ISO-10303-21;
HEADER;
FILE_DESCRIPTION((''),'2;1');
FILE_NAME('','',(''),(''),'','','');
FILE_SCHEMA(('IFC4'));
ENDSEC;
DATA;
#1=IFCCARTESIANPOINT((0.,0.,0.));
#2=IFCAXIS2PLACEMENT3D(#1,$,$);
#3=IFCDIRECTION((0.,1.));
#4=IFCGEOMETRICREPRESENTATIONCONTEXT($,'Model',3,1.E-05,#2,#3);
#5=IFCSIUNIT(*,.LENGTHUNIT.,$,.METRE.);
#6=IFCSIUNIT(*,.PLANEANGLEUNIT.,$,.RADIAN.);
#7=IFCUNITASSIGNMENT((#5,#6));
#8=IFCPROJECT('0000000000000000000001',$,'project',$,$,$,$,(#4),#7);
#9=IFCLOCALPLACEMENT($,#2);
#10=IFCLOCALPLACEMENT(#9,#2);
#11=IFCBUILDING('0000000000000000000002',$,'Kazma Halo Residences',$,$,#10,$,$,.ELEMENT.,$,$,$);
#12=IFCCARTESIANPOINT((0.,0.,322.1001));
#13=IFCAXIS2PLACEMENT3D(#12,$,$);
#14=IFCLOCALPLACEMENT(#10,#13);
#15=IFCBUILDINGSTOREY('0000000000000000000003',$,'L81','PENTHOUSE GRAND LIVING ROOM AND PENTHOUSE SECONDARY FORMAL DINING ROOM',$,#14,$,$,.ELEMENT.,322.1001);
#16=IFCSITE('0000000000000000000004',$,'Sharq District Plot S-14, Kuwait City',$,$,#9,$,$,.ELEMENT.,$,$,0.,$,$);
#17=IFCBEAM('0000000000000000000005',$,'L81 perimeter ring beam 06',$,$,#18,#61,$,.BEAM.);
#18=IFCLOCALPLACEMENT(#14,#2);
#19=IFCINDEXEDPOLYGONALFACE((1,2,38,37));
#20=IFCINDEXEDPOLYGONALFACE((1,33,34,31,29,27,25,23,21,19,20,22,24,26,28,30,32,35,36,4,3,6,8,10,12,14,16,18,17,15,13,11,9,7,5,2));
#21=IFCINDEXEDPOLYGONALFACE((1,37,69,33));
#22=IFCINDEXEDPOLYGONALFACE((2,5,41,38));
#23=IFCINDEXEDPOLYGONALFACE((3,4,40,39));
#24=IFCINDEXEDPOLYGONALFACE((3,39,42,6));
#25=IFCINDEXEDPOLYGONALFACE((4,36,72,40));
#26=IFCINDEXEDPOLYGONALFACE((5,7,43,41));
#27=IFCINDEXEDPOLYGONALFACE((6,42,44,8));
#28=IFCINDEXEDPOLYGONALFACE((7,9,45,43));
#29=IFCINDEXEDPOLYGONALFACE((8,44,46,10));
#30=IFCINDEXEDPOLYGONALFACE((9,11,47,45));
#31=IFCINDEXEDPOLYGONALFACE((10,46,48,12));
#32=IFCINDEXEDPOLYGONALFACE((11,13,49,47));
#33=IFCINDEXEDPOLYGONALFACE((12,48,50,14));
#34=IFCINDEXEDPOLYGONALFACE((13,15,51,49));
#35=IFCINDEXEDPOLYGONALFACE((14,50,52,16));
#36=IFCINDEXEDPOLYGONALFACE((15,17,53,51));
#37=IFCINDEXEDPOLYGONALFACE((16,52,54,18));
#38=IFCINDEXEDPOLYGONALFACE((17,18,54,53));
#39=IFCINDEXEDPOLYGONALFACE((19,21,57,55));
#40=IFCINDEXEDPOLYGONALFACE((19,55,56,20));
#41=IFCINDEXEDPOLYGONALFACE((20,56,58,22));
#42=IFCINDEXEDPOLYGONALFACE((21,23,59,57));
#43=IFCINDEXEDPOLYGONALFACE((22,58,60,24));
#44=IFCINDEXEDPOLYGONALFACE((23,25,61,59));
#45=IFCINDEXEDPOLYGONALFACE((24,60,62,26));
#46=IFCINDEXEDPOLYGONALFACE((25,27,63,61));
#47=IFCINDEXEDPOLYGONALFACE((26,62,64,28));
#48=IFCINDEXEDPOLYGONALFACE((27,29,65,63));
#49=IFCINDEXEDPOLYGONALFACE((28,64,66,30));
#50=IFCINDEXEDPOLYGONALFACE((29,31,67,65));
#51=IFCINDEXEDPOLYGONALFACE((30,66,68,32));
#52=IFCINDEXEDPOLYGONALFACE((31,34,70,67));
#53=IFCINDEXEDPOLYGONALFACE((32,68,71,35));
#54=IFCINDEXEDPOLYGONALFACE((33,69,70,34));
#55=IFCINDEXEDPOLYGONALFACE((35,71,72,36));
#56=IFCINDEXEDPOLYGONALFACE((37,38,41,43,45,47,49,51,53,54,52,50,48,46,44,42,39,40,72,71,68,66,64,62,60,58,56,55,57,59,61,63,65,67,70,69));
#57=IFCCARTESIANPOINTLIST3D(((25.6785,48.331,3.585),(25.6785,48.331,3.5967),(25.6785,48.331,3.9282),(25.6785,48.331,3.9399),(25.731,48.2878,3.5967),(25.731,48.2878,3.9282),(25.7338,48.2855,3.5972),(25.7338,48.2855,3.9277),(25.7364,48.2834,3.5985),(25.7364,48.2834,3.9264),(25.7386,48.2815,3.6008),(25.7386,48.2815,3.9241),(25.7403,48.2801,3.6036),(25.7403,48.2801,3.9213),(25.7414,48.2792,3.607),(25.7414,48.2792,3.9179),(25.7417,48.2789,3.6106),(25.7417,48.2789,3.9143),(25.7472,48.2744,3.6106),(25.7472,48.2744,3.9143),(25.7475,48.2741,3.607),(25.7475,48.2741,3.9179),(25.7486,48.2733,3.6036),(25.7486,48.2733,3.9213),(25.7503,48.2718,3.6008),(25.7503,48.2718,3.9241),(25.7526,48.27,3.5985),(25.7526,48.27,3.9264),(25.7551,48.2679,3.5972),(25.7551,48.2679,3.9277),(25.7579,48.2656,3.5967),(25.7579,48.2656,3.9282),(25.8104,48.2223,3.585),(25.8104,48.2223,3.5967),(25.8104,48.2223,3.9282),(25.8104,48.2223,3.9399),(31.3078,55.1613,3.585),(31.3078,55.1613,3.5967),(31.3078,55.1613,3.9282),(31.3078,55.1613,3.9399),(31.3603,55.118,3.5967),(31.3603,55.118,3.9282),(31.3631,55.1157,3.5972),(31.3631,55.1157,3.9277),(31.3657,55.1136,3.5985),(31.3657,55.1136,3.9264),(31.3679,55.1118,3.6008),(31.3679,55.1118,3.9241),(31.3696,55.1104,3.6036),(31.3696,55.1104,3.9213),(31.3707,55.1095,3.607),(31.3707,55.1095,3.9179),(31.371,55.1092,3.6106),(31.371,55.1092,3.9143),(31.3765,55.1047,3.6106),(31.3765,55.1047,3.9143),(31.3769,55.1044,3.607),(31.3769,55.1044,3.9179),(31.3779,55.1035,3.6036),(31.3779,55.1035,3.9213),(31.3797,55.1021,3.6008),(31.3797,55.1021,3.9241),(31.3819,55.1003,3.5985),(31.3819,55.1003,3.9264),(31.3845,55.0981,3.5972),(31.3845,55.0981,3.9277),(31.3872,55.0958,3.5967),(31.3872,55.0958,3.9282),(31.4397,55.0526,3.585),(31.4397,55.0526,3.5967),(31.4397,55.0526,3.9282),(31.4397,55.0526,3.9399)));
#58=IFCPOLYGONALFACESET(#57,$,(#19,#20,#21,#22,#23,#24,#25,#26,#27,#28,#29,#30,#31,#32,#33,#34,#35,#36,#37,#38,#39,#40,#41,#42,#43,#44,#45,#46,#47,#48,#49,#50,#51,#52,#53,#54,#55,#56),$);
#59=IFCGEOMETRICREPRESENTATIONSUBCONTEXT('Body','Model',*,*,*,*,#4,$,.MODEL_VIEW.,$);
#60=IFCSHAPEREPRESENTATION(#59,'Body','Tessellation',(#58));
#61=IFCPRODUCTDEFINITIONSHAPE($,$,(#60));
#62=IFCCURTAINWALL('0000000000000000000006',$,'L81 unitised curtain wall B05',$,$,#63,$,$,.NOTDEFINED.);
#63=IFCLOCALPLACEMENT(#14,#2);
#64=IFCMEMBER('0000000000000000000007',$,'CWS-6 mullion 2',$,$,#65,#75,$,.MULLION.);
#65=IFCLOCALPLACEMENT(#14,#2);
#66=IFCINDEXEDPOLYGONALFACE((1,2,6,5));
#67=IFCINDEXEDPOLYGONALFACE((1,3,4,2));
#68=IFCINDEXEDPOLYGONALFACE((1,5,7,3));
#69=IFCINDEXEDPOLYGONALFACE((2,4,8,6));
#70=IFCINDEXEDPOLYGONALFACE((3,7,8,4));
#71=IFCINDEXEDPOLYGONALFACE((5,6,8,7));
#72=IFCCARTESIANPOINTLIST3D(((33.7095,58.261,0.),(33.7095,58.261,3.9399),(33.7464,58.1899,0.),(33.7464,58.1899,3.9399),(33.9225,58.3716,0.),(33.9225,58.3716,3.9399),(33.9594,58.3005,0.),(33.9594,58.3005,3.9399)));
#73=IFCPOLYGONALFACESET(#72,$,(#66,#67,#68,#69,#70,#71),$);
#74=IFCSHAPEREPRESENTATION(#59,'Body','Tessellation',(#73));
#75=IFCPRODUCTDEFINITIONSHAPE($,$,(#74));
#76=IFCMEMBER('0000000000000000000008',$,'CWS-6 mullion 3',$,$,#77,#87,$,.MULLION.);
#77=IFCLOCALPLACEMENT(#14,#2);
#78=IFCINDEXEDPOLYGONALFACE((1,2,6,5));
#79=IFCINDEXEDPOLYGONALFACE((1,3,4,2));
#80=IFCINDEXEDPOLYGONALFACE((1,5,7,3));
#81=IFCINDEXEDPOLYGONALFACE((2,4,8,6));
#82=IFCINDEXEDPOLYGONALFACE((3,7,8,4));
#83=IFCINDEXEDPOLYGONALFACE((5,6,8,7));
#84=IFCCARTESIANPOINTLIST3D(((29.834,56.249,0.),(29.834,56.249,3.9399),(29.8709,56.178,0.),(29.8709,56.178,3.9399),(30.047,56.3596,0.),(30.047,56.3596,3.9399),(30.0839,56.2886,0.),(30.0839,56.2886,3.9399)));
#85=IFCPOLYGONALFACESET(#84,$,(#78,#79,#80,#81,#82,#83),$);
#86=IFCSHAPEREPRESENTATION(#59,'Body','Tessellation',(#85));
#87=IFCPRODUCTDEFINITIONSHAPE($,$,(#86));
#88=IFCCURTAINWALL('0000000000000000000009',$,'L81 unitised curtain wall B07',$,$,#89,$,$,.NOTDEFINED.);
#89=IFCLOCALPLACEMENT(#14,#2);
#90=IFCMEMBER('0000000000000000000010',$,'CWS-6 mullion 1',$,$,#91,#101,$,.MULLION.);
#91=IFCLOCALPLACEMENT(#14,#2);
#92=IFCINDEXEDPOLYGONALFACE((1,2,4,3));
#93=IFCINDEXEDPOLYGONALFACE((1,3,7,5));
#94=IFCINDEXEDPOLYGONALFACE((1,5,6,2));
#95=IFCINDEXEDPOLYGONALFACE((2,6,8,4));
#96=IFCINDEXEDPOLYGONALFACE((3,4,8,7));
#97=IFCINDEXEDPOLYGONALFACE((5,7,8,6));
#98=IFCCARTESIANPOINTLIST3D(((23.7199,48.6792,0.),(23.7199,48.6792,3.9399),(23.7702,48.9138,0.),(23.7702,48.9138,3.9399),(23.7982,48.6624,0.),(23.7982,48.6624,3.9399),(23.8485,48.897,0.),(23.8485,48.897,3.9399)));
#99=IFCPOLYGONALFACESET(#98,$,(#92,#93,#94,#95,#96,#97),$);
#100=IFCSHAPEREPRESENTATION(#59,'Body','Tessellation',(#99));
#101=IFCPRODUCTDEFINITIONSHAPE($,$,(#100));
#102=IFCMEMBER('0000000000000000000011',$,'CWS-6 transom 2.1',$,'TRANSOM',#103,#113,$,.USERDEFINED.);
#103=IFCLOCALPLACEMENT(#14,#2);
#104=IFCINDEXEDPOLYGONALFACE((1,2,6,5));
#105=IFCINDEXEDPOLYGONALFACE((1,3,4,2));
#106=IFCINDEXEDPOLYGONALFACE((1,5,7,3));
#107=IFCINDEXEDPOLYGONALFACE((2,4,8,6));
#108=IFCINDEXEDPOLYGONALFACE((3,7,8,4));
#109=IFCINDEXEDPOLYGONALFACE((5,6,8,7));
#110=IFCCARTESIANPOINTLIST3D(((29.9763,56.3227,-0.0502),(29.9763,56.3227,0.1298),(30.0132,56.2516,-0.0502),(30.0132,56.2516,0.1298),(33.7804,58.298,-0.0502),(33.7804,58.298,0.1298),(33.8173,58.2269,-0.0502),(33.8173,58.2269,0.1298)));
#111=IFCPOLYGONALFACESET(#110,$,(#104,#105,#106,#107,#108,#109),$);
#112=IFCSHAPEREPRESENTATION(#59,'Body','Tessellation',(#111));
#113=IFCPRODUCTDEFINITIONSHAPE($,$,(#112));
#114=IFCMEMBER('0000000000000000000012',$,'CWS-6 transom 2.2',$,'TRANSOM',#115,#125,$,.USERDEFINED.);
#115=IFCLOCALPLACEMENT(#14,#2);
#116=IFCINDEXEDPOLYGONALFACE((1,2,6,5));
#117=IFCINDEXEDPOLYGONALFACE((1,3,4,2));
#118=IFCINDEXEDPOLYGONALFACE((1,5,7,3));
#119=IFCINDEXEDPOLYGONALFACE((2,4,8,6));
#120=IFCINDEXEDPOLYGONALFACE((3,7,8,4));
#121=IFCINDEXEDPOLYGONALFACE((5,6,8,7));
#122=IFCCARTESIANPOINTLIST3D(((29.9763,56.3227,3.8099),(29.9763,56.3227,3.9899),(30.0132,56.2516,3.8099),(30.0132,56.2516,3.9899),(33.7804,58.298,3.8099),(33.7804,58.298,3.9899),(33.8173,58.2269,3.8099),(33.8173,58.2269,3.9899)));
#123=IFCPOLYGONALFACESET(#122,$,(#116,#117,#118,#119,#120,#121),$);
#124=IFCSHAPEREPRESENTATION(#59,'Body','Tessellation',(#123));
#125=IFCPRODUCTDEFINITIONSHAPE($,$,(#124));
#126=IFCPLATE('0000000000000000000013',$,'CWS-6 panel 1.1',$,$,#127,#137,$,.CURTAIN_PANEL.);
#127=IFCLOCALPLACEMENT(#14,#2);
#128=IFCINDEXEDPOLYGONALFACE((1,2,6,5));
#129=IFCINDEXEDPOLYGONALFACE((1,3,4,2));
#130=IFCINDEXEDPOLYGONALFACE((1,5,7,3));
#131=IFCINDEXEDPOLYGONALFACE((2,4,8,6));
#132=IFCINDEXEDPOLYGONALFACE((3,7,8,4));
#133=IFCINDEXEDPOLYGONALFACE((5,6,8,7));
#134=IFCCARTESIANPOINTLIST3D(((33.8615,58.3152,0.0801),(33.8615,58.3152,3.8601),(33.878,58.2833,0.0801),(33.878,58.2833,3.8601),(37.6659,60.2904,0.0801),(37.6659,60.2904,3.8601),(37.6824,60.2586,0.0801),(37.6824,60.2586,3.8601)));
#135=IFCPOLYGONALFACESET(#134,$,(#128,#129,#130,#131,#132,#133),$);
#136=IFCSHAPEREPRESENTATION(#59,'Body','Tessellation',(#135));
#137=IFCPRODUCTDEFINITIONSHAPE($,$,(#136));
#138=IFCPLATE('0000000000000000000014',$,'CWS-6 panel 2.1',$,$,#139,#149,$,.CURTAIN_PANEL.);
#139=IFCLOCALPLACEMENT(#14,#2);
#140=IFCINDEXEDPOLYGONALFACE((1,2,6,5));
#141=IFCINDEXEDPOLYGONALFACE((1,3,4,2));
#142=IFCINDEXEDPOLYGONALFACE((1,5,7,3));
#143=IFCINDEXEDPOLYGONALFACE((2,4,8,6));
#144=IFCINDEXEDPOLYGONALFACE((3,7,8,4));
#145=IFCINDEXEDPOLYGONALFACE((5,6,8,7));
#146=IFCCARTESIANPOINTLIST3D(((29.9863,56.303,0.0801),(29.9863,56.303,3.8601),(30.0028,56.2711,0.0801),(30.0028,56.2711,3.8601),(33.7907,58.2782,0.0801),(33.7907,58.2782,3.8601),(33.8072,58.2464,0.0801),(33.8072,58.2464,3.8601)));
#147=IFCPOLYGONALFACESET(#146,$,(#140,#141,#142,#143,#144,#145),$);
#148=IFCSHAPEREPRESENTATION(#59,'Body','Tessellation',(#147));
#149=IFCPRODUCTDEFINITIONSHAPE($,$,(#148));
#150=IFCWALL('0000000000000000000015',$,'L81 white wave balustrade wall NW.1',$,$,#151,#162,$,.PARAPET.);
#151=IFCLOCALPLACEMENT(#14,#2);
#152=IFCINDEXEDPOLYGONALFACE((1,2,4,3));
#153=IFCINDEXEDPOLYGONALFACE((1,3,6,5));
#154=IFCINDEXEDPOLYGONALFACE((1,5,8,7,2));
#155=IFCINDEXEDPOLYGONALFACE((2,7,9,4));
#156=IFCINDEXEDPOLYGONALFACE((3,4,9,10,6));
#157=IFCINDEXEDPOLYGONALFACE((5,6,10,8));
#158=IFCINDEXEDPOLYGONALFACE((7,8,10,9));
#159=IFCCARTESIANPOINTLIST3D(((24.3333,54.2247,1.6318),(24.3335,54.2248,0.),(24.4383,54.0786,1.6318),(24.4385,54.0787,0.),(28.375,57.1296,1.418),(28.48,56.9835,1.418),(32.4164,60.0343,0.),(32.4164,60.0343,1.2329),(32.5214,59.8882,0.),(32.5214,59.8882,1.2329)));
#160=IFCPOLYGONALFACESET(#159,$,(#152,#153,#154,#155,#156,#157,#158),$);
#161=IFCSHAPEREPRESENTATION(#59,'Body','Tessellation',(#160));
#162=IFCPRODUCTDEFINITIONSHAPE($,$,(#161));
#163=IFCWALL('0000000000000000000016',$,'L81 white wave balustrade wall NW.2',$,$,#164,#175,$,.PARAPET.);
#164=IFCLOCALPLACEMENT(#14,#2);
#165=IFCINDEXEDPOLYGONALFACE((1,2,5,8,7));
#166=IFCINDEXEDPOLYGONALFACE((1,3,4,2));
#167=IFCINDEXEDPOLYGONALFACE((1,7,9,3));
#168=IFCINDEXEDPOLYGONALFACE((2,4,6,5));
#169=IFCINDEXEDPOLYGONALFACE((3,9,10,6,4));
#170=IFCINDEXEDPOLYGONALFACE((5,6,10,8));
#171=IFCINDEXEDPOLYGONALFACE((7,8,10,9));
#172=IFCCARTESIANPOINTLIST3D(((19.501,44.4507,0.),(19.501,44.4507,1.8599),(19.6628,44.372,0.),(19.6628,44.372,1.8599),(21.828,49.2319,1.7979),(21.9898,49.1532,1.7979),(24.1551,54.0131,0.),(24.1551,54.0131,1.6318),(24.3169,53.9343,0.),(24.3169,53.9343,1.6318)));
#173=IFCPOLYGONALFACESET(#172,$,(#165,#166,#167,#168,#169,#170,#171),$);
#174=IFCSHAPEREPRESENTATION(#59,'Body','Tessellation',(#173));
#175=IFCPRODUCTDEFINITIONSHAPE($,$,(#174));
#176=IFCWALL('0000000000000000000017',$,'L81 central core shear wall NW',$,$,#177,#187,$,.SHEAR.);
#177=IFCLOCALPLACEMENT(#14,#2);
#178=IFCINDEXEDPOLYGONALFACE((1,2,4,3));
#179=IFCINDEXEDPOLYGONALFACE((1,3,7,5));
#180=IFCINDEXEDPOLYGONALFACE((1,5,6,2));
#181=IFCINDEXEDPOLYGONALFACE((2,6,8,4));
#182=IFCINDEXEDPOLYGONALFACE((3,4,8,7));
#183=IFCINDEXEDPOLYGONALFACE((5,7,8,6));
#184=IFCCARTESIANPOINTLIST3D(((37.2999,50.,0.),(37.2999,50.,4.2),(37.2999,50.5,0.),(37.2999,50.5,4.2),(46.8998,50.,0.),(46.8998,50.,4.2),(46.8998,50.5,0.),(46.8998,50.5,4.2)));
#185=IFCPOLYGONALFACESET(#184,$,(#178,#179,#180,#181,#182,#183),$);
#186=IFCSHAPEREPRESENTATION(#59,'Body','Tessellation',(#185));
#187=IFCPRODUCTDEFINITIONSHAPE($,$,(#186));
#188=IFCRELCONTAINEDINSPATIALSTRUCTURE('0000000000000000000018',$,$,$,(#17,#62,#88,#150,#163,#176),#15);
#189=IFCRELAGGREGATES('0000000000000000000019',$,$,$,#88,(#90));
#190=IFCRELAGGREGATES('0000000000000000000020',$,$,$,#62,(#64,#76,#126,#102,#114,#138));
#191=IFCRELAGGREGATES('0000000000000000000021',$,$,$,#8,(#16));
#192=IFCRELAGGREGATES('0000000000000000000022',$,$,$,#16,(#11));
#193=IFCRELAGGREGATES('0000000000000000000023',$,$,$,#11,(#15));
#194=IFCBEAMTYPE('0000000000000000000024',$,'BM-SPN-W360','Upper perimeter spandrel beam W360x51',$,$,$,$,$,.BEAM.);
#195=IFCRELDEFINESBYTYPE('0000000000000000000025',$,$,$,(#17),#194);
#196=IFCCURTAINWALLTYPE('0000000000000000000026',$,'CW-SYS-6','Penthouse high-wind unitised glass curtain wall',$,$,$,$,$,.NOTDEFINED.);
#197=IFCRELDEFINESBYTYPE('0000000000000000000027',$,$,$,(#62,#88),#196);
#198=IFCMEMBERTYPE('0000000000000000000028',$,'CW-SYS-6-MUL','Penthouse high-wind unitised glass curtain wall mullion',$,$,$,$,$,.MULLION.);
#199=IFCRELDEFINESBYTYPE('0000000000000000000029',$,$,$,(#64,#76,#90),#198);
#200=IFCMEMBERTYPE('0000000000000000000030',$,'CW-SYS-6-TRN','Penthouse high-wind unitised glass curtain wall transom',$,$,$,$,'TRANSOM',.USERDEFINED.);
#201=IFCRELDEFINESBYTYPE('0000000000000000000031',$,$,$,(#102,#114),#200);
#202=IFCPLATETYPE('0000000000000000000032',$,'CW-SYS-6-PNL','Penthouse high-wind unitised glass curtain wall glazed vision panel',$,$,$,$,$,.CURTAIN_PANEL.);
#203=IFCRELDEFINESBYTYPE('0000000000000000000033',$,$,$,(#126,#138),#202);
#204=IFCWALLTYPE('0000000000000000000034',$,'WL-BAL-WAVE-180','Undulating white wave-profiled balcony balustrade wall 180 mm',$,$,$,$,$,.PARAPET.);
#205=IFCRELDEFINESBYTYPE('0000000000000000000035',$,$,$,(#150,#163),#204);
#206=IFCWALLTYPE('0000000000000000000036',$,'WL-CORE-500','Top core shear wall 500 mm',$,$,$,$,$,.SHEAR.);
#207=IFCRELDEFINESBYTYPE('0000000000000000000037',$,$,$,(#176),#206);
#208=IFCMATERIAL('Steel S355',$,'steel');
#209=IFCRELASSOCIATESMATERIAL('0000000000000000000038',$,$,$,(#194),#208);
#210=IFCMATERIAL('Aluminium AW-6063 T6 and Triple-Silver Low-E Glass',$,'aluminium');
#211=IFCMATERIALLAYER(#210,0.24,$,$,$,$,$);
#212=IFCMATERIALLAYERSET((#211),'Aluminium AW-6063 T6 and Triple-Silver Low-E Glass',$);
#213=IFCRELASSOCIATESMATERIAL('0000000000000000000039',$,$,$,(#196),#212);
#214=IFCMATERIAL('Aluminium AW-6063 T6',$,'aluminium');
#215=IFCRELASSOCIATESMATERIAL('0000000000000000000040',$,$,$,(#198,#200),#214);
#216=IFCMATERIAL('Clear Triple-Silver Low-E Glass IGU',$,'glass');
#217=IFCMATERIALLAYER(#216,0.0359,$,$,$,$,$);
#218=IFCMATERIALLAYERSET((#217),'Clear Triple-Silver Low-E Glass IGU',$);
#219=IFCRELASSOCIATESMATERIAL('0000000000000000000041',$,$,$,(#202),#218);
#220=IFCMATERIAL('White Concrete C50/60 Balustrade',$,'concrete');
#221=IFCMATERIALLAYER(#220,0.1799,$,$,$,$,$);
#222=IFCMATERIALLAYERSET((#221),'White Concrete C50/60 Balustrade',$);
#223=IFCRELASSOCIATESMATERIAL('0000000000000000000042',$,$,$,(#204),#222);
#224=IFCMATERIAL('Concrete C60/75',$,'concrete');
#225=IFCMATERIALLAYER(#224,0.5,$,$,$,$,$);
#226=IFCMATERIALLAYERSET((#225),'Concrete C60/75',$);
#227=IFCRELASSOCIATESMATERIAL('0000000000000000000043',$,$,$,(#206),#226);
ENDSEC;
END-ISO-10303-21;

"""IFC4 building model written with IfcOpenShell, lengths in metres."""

from ifc_helpers import new_model, si_unit, direction, frame, frame_2d, origin, origin_2d, place, context, subcontext, project, spatial, polyline, rectangle, i_section, outline, extrude, material, layer, layer_set, material_profile, profile_set, type_object, element, aggregate, save


model = new_model("IFC4")

# Units and contexts
model_context = context("Model", 3, precision=1e-05, world=origin(), true_north=direction((0.0, 1.0)))
body_context = subcontext(model_context, "Body", "Model", "MODEL_VIEW")
ifc_project = project(units=[si_unit("LENGTHUNIT", "METRE"), si_unit("PLANEANGLEUNIT", "RADIAN")], contexts=[model_context])

# Site, building, storey
site_placement = place(None, origin())
site = spatial("IfcSite", under=ifc_project, at=site_placement, Name="Sharq District Plot S-14, Kuwait City", CompositionType="ELEMENT", RefElevation=0.0)
building_placement = place(site_placement, origin())
building = spatial("IfcBuilding", under=site, at=building_placement, Name="Kazma Halo Residences", CompositionType="ELEMENT")
storey_placement = place(building_placement, frame((0.0, 0.0, 322.1001)))
storey = spatial("IfcBuildingStorey", under=building, at=storey_placement, Name="L81", Description="PENTHOUSE GRAND LIVING ROOM AND PENTHOUSE SECONDARY FORMAL DINING ROOM", CompositionType="ELEMENT", Elevation=322.1001)

# Shared definitions
ifc_material_1 = material(Name="Concrete C60/75", Category="concrete")

# Beam
ifc_material_2 = material(Name="Steel S355", Category="steel")
ifc_material_profile_1 = material_profile(ifc_material_2, i_section(OverallWidth=0.1709, OverallDepth=0.355, WebThickness=0.0071, FlangeThickness=0.0117, FilletRadius=0.0139, at=origin_2d()), Name="W360x51")
ifc_profile_set_1 = profile_set([ifc_material_profile_1], Name="Steel S355")
beam_type_1 = type_object("IfcBeamType", Name="BM-SPN-W360", Description="Upper perimeter spandrel beam W360x51", PredefinedType="BEAM", material=ifc_profile_set_1)
beam_1_placement = place(storey_placement, frame((31.3738, 55.1069, 3.7625), z_axis=(-0.636005, -0.771685, 0.0), x_axis=(0.771685, -0.636005, 0.0)))
element("IfcBeam", 1, at=beam_1_placement, inside=storey, type_object=beam_type_1, Name="L81 perimeter ring beam 06", PredefinedType="BEAM", context=body_context, shape_type="SweptSolid", body=[
    extrude(i_section(OverallWidth=0.1709, OverallDepth=0.355, WebThickness=0.0071, FlangeThickness=0.0117, FilletRadius=0.0139, at=origin_2d()), origin(), (0.0, 0.0, 1.0), 8.8511),
])

# Curtain wall, members
ifc_material_3 = material(Name="Aluminium AW-6063 T6 and Triple-Silver Low-E Glass", Category="aluminium")
ifc_layer_1 = layer(ifc_material_3, 0.24)
ifc_layer_set_1 = layer_set([ifc_layer_1], Name="Aluminium AW-6063 T6 and Triple-Silver Low-E Glass")
curtain_wall_type = type_object("IfcCurtainWallType", Name="CW-SYS-6", Description="Penthouse high-wind unitised glass curtain wall", PredefinedType="NOTDEFINED", material=ifc_layer_set_1)
curtain_wall_1_placement = place(storey_placement, origin())
curtain_wall_1 = element("IfcCurtainWall", 2, at=curtain_wall_1_placement, inside=storey, type_object=curtain_wall_type, Name="L81 unitised curtain wall B05", PredefinedType="NOTDEFINED")
ifc_material_4 = material(Name="Aluminium AW-6063 T6", Category="aluminium")
ifc_material_profile_2 = material_profile(ifc_material_4, rectangle(XDim=0.0801, YDim=0.24, at=origin_2d()), Name="CWM-80x240")
ifc_profile_set_2 = profile_set([ifc_material_profile_2], Name="Aluminium AW-6063 T6")
member_type_1 = type_object("IfcMemberType", Name="CW-SYS-6-MUL", Description="Penthouse high-wind unitised glass curtain wall mullion", PredefinedType="MULLION", material=ifc_profile_set_2)
member_1_placement = place(storey_placement, frame((33.8345, 58.2808, 0.0), z_axis=(0.0, 0.0, 1.0), x_axis=(0.460796, -0.887506, 0.0)))
member_1 = element("IfcMember", 3, at=member_1_placement, type_object=member_type_1, Name="CWS-6 mullion 2", PredefinedType="MULLION", context=body_context, shape_type="SweptSolid", body=[
    extrude(rectangle(XDim=0.0801, YDim=0.24, at=origin_2d()), origin(), (0.0, 0.0, 1.0), 3.9399),
])
member_2_placement = place(storey_placement, frame((29.959, 56.2688, 0.0), z_axis=(0.0, 0.0, 1.0), x_axis=(0.460796, -0.887506, 0.0)))
member_2 = element("IfcMember", 4, at=member_2_placement, type_object=member_type_1, Name="CWS-6 mullion 3", PredefinedType="MULLION", context=body_context, shape_type="SweptSolid", body=[
    extrude(rectangle(XDim=0.0801, YDim=0.24, at=origin_2d()), origin(), (0.0, 0.0, 1.0), 3.9399),
])

# Curtain wall, member
curtain_wall_2_placement = place(storey_placement, origin())
curtain_wall_2 = element("IfcCurtainWall", 5, at=curtain_wall_2_placement, inside=storey, type_object=curtain_wall_type, Name="L81 unitised curtain wall B07", PredefinedType="NOTDEFINED")
member_3_placement = place(storey_placement, frame((23.7842, 48.7881, 0.0), z_axis=(0.0, 0.0, 1.0), x_axis=(0.977761, -0.209723, 0.0)))
member_3 = element("IfcMember", 6, at=member_3_placement, type_object=member_type_1, Name="CWS-6 mullion 1", PredefinedType="MULLION", context=body_context, shape_type="SweptSolid", body=[
    extrude(rectangle(XDim=0.0801, YDim=0.24, at=origin_2d()), origin(), (0.0, 0.0, 1.0), 3.9399),
])
aggregate(curtain_wall_2, [member_3])

# Members
ifc_material_profile_3 = material_profile(ifc_material_4, rectangle(XDim=0.0801, YDim=0.1799, at=origin_2d()), Name="CWT-80x180")
ifc_profile_set_3 = profile_set([ifc_material_profile_3], Name="Aluminium AW-6063 T6")
member_type_2 = type_object("IfcMemberType", Name="CW-SYS-6-TRN", Description="Penthouse high-wind unitised glass curtain wall transom", ElementType="TRANSOM", PredefinedType="USERDEFINED", material=ifc_profile_set_3)
member_4_placement = place(storey_placement, frame((33.7988, 58.2625, 0.0398), z_axis=(-0.887488, -0.460831, 0.0), x_axis=(0.460831, -0.887488, 0.0)))
member_4 = element("IfcMember", 7, at=member_4_placement, type_object=member_type_2, Name="CWS-6 transom 2.1", ObjectType="TRANSOM", PredefinedType="USERDEFINED", context=body_context, shape_type="SweptSolid", body=[
    extrude(rectangle(XDim=0.0801, YDim=0.1799, at=origin_2d()), origin(), (0.0, 0.0, 1.0), 4.2864),
])
member_5_placement = place(storey_placement, frame((33.7988, 58.2625, 3.8999), z_axis=(-0.887488, -0.460831, 0.0), x_axis=(0.460831, -0.887488, 0.0)))
member_5 = element("IfcMember", 8, at=member_5_placement, type_object=member_type_2, Name="CWS-6 transom 2.2", ObjectType="TRANSOM", PredefinedType="USERDEFINED", context=body_context, shape_type="SweptSolid", body=[
    extrude(rectangle(XDim=0.0801, YDim=0.1799, at=origin_2d()), origin(), (0.0, 0.0, 1.0), 4.2864),
])

# Plates
ifc_material_5 = material(Name="Clear Triple-Silver Low-E Glass IGU", Category="glass")
ifc_layer_2 = layer(ifc_material_5, 0.0359)
ifc_layer_set_2 = layer_set([ifc_layer_2], Name="Clear Triple-Silver Low-E Glass IGU")
plate_type = type_object("IfcPlateType", Name="CW-SYS-6-PNL", Description="Penthouse high-wind unitised glass curtain wall glazed vision panel", PredefinedType="CURTAIN_PANEL", material=ifc_layer_set_2)
plate_1_placement = place(storey_placement, frame((35.772, 59.2869, 0.0801), z_axis=(0.0, 0.0, 1.0), x_axis=(-0.887506, -0.460796, 0.0)))
plate_1 = element("IfcPlate", 9, at=plate_1_placement, type_object=plate_type, Name="CWS-6 panel 1.1", PredefinedType="CURTAIN_PANEL", context=body_context, shape_type="SweptSolid", body=[
    extrude(rectangle(XDim=4.2866, YDim=0.0359, at=origin_2d()), origin(), (0.0, 0.0, 1.0), 3.78),
])
plate_2_placement = place(storey_placement, frame((31.8967, 57.2747, 0.0801), z_axis=(0.0, 0.0, 1.0), x_axis=(-0.887506, -0.460796, 0.0)))
plate_2 = element("IfcPlate", 10, at=plate_2_placement, type_object=plate_type, Name="CWS-6 panel 2.1", PredefinedType="CURTAIN_PANEL", context=body_context, shape_type="SweptSolid", body=[
    extrude(rectangle(XDim=4.2866, YDim=0.0359, at=origin_2d()), origin(), (0.0, 0.0, 1.0), 3.78),
])
aggregate(curtain_wall_1, [member_1, member_2, plate_1, member_4, member_5, plate_2])

# Walls
ifc_material_6 = material(Name="White Concrete C50/60 Balustrade", Category="concrete")
ifc_layer_3 = layer(ifc_material_6, 0.1799)
ifc_layer_set_3 = layer_set([ifc_layer_3], Name="White Concrete C50/60 Balustrade")
wall_type_1 = type_object("IfcWallType", Name="WL-BAL-WAVE-180", Description="Undulating white wave-profiled balcony balustrade wall 180 mm", PredefinedType="PARAPET", material=ifc_layer_set_3)
wall_1_placement = place(storey_placement, frame((32.469, 59.9612, 0.0), z_axis=(0.0, 0.0, 1.0), x_axis=(-0.81202, -0.58363, 0.0)))
element("IfcWall", 11, at=wall_1_placement, inside=storey, type_object=wall_type_1, Name="L81 white wave balustrade wall NW.1", PredefinedType="PARAPET", context=body_context, shape_type="SweptSolid", body=[
    extrude(outline(polyline([(0.0, 0.0), (9.9541, 0.0), (9.9543, 1.6318), (4.9771, 1.418), (0.0, 1.2329), (0.0, 0.0)])), frame((0.0, 0.0898, 0.0), z_axis=(0.0, -1.0, 0.0), x_axis=(1.0, 0.0, 0.0)), (0.0, 0.0, 1.0), 0.1799),
])
wall_2_placement = place(storey_placement, frame((24.2361, 53.9736, 0.0), z_axis=(0.0, 0.0, 1.0), x_axis=(-0.437629, -0.899156, 0.0)))
element("IfcWall", 12, at=wall_2_placement, inside=storey, type_object=wall_type_1, Name="L81 white wave balustrade wall NW.2", PredefinedType="PARAPET", context=body_context, shape_type="SweptSolid", body=[
    extrude(outline(polyline([(0.0, 0.0), (10.6348, 0.0), (10.6348, 1.8599), (5.3174, 1.7979), (0.0, 1.6318), (0.0, 0.0)])), frame((0.0, 0.0898, 0.0), z_axis=(0.0, -1.0, 0.0), x_axis=(1.0, 0.0, 0.0)), (0.0, 0.0, 1.0), 0.1799),
])
ifc_layer_4 = layer(ifc_material_1, 0.5)
ifc_layer_set_4 = layer_set([ifc_layer_4], Name="Concrete C60/75")
wall_type_2 = type_object("IfcWallType", Name="WL-CORE-500", Description="Top core shear wall 500 mm", PredefinedType="SHEAR", material=ifc_layer_set_4)
wall_3_placement = place(storey_placement, frame((37.3, 50.25, 0.0), z_axis=(0.0, 0.0, 1.0), x_axis=(1.0, 0.0, 0.0)))
element("IfcWall", 13, at=wall_3_placement, inside=storey, type_object=wall_type_2, Name="L81 central core shear wall NW", PredefinedType="SHEAR", context=body_context, shape_type="SweptSolid", body=[
    extrude(rectangle(XDim=9.5999, YDim=0.5, at=frame_2d((4.7998, 0.0))), origin(), (0.0, 0.0, 1.0), 4.2),
])

save(model, "model.ifc")
